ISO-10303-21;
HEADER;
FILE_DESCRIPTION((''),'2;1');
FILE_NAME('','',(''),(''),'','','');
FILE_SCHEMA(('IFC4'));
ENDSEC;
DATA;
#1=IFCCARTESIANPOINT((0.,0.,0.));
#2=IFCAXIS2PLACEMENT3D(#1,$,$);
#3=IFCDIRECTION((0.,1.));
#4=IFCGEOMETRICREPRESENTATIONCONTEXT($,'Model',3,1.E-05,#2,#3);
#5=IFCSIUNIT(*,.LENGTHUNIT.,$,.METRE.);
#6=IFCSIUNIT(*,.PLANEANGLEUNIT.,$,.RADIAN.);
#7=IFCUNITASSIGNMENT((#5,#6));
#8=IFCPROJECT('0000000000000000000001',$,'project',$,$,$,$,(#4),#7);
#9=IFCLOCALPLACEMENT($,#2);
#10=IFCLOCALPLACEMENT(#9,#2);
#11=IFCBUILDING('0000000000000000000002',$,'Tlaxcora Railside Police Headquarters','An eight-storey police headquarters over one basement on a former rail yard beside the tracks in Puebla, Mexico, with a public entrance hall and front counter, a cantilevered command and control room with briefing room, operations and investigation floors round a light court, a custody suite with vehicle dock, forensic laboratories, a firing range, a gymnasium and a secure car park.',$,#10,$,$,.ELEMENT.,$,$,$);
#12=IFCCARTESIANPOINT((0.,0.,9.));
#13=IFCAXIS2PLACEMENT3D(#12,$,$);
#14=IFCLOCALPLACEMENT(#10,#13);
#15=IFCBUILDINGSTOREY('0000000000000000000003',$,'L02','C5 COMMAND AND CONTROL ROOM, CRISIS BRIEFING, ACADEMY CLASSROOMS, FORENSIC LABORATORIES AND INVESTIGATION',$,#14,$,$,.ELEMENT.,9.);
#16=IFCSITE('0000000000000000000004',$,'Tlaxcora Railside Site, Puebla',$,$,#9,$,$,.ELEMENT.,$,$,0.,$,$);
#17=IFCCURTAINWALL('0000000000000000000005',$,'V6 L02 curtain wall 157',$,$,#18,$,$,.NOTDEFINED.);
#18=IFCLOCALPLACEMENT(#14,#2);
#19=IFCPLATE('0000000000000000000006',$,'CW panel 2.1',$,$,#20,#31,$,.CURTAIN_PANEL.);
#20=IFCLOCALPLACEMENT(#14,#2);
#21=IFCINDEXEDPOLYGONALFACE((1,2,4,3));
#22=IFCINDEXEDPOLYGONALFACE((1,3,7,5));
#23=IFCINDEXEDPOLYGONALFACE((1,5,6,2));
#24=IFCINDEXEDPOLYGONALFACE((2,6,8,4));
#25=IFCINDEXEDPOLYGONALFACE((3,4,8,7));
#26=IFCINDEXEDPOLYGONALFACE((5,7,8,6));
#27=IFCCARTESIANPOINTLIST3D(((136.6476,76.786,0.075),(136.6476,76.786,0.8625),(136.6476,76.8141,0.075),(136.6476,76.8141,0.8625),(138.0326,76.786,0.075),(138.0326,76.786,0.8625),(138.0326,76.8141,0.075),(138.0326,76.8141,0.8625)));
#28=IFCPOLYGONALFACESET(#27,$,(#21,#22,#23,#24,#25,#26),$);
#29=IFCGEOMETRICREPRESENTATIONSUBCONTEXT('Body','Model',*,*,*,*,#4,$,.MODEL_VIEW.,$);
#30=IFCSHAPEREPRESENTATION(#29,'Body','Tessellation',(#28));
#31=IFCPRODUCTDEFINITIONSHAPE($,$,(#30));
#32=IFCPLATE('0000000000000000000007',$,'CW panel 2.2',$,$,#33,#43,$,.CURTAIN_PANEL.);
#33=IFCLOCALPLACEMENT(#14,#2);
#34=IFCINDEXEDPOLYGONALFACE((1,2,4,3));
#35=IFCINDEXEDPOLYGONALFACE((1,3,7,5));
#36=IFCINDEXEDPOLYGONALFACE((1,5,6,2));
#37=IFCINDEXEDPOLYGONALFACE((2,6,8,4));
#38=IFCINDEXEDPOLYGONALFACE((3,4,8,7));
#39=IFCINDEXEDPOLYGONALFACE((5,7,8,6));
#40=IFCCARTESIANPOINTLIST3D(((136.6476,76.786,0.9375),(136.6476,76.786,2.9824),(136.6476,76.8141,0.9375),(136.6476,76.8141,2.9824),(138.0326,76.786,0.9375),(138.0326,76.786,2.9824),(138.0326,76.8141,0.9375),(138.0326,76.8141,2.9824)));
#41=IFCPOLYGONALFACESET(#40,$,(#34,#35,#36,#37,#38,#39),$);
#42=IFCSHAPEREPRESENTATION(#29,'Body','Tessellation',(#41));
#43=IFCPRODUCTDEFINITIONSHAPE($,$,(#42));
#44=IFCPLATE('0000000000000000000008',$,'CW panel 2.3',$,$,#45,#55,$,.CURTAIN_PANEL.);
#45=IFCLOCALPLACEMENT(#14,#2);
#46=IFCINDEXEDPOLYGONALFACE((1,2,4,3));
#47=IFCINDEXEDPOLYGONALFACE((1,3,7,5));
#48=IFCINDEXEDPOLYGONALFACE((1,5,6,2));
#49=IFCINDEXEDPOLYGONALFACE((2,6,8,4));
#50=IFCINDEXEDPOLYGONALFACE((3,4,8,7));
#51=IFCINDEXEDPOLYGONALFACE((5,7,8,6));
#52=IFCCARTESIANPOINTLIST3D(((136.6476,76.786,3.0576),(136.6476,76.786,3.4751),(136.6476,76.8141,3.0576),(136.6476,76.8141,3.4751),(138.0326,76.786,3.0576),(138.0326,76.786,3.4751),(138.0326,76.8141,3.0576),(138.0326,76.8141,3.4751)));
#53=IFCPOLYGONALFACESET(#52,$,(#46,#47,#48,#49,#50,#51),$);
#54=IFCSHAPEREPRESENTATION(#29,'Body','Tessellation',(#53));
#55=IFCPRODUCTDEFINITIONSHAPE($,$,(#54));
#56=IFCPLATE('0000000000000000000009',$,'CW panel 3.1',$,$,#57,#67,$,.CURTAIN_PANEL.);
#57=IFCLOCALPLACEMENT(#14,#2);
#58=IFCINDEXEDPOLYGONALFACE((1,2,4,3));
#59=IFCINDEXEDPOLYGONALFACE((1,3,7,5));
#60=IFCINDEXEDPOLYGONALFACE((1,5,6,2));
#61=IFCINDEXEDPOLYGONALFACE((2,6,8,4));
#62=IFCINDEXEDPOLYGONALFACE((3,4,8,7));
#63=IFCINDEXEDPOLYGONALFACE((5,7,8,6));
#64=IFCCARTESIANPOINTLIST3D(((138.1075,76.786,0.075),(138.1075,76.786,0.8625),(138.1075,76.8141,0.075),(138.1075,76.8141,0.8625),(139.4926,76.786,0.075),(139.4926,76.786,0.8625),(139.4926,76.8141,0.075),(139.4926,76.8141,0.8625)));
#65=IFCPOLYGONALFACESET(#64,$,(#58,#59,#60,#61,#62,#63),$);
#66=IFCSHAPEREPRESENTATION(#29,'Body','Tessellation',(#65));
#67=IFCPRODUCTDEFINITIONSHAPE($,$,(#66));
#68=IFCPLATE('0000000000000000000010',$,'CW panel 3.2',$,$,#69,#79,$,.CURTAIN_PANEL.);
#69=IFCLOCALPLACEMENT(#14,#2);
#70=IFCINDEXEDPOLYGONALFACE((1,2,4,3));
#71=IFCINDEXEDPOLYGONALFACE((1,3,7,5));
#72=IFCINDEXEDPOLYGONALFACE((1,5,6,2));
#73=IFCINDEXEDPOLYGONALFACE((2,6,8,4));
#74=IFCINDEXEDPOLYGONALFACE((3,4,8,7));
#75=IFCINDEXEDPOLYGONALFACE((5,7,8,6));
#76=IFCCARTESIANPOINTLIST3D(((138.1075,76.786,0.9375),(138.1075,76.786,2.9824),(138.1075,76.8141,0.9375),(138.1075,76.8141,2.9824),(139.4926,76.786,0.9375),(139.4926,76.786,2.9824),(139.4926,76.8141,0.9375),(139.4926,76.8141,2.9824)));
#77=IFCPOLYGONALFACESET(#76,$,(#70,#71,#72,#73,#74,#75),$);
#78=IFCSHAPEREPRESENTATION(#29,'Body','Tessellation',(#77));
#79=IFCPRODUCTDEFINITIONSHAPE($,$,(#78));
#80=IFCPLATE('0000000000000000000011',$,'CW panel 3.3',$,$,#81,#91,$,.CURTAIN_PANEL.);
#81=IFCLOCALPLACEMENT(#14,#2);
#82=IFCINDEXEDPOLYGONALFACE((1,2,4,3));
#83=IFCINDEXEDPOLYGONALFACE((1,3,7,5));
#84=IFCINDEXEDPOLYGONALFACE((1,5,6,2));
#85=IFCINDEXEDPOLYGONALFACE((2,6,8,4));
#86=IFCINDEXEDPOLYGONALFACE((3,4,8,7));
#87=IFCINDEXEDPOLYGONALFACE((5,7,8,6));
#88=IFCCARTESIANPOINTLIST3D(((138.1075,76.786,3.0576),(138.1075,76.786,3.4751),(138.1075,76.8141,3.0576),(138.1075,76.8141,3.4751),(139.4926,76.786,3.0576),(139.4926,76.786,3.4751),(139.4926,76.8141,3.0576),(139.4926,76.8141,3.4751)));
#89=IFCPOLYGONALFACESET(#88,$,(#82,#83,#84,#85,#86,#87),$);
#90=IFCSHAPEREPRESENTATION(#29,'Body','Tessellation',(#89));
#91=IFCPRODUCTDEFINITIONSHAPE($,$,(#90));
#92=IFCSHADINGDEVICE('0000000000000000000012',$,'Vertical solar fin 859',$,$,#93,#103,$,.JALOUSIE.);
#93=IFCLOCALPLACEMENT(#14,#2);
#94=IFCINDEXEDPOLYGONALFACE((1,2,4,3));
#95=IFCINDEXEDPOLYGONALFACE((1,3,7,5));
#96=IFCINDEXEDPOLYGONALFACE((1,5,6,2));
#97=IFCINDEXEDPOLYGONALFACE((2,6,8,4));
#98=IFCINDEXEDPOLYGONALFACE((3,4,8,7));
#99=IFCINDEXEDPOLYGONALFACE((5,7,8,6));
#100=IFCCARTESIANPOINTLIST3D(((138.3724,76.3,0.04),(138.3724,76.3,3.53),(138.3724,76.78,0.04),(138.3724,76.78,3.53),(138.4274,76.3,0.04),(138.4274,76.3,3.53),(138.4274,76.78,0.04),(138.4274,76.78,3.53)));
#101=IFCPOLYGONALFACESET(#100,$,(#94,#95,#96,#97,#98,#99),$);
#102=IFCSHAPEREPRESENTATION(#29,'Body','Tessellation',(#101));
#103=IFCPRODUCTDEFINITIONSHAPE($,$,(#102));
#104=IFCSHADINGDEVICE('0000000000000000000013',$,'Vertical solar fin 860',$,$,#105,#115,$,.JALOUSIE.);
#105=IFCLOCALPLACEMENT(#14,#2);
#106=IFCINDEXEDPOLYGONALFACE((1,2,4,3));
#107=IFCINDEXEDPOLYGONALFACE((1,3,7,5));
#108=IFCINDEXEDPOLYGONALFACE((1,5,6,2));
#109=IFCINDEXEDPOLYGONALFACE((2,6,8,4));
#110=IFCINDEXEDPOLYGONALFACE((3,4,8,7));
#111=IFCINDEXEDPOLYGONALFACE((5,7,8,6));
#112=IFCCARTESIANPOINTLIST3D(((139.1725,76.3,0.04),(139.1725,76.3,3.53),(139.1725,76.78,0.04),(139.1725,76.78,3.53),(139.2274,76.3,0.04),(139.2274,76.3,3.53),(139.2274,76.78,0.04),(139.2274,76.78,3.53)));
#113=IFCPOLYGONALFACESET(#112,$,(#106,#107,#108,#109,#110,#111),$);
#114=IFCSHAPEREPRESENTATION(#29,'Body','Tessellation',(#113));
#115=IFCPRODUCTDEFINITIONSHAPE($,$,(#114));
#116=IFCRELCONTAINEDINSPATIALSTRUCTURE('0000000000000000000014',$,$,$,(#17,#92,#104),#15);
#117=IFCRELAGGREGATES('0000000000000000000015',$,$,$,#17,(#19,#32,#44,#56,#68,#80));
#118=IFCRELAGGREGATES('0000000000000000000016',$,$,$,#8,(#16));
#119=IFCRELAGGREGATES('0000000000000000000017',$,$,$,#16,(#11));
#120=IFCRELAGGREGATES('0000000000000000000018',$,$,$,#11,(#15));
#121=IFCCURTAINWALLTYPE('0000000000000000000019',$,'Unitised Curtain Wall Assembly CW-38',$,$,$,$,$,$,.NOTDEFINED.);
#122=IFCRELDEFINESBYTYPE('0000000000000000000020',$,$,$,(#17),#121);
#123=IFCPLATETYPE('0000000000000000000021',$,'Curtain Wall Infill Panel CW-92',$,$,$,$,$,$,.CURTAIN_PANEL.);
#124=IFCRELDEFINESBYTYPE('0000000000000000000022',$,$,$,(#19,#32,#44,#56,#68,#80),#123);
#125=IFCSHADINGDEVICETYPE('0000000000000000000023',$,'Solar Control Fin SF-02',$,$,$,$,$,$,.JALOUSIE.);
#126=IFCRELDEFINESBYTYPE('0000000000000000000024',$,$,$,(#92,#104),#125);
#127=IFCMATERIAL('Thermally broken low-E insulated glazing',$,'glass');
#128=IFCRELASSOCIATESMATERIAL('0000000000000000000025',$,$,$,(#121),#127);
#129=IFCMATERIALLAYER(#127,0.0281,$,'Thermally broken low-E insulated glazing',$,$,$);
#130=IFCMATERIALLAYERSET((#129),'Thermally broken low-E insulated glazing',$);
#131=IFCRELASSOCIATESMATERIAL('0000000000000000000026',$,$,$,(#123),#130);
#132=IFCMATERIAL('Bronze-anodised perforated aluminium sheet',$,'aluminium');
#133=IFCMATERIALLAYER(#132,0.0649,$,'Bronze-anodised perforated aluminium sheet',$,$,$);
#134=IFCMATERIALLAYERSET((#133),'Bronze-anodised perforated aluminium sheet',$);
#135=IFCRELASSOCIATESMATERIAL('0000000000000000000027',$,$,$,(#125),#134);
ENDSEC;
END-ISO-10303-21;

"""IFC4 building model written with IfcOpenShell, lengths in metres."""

from ifc_helpers import new_model, si_unit, direction, frame, origin, origin_2d, place, context, subcontext, project, spatial, rectangle, extrude, material, layer, layer_set, type_object, element, aggregate, save


model = new_model("IFC4")

# Units and contexts
model_context = context("Model", 3, precision=1e-05, world=origin(), true_north=direction((0.0, 1.0)))
body_context = subcontext(model_context, "Body", "Model", "MODEL_VIEW")
ifc_project = project(units=[si_unit("LENGTHUNIT", "METRE"), si_unit("PLANEANGLEUNIT", "RADIAN")], contexts=[model_context])

# Site, building, storey
site_placement = place(None, origin())
site = spatial("IfcSite", under=ifc_project, at=site_placement, Name="Tlaxcora Railside Site, Puebla", CompositionType="ELEMENT", RefElevation=0.0)
building_placement = place(site_placement, origin())
building = spatial("IfcBuilding", under=site, at=building_placement, Name="Tlaxcora Railside Police Headquarters", Description="An eight-storey police headquarters over one basement on a former rail yard beside the tracks in Puebla, Mexico, with a public entrance hall and front counter, a cantilevered command and control room with briefing room, operations and investigation floors round a light court, a custody suite with vehicle dock, forensic laboratories, a firing range, a gymnasium and a secure car park.", CompositionType="ELEMENT")
storey_placement = place(building_placement, frame((0.0, 0.0, 9.0)))
storey = spatial("IfcBuildingStorey", under=building, at=storey_placement, Name="L02", Description="C5 COMMAND AND CONTROL ROOM, CRISIS BRIEFING, ACADEMY CLASSROOMS, FORENSIC LABORATORIES AND INVESTIGATION", CompositionType="ELEMENT", Elevation=9.0)

# Curtain wall, plates
ifc_material_1 = material(Name="Thermally broken low-E insulated glazing", Category="glass")
curtain_wall_type = type_object("IfcCurtainWallType", Name="Unitised Curtain Wall Assembly CW-38", PredefinedType="NOTDEFINED", material=ifc_material_1)
curtain_wall_placement = place(storey_placement, origin())
curtain_wall = element("IfcCurtainWall", 1, at=curtain_wall_placement, inside=storey, type_object=curtain_wall_type, Name="V6 L02 curtain wall 157", PredefinedType="NOTDEFINED")
ifc_layer_1 = layer(ifc_material_1, 0.0281, Name="Thermally broken low-E insulated glazing")
ifc_layer_set_1 = layer_set([ifc_layer_1], Name="Thermally broken low-E insulated glazing")
plate_type = type_object("IfcPlateType", Name="Curtain Wall Infill Panel CW-92", PredefinedType="CURTAIN_PANEL", material=ifc_layer_set_1)
plate_1_placement = place(storey_placement, frame((137.3401, 76.8, 0.075), z_axis=(0.0, 0.0, 1.0), x_axis=(1.0, 0.0, 0.0)))
plate_1 = element("IfcPlate", 2, at=plate_1_placement, type_object=plate_type, Name="CW panel 2.1", PredefinedType="CURTAIN_PANEL", context=body_context, shape_type="SweptSolid", body=[
    extrude(rectangle(XDim=1.385, YDim=0.0281, at=origin_2d()), origin(), (0.0, 0.0, 1.0), 0.7876),
])
plate_2_placement = place(storey_placement, frame((137.3401, 76.8, 0.9375), z_axis=(0.0, 0.0, 1.0), x_axis=(1.0, 0.0, 0.0)))
plate_2 = element("IfcPlate", 3, at=plate_2_placement, type_object=plate_type, Name="CW panel 2.2", PredefinedType="CURTAIN_PANEL", context=body_context, shape_type="SweptSolid", body=[
    extrude(rectangle(XDim=1.385, YDim=0.0281, at=origin_2d()), origin(), (0.0, 0.0, 1.0), 2.0449),
])
plate_3_placement = place(storey_placement, frame((137.3401, 76.8, 3.0576), z_axis=(0.0, 0.0, 1.0), x_axis=(1.0, 0.0, 0.0)))
plate_3 = element("IfcPlate", 4, at=plate_3_placement, type_object=plate_type, Name="CW panel 2.3", PredefinedType="CURTAIN_PANEL", context=body_context, shape_type="SweptSolid", body=[
    extrude(rectangle(XDim=1.385, YDim=0.0281, at=origin_2d()), origin(), (0.0, 0.0, 1.0), 0.4175),
])
plate_4_placement = place(storey_placement, frame((138.8, 76.8, 0.075), z_axis=(0.0, 0.0, 1.0), x_axis=(1.0, 0.0, 0.0)))
plate_4 = element("IfcPlate", 5, at=plate_4_placement, type_object=plate_type, Name="CW panel 3.1", PredefinedType="CURTAIN_PANEL", context=body_context, shape_type="SweptSolid", body=[
    extrude(rectangle(XDim=1.385, YDim=0.0281, at=origin_2d()), origin(), (0.0, 0.0, 1.0), 0.7876),
])
plate_5_placement = place(storey_placement, frame((138.8, 76.8, 0.9375), z_axis=(0.0, 0.0, 1.0), x_axis=(1.0, 0.0, 0.0)))
plate_5 = element("IfcPlate", 6, at=plate_5_placement, type_object=plate_type, Name="CW panel 3.2", PredefinedType="CURTAIN_PANEL", context=body_context, shape_type="SweptSolid", body=[
    extrude(rectangle(XDim=1.385, YDim=0.0281, at=origin_2d()), origin(), (0.0, 0.0, 1.0), 2.0449),
])
plate_6_placement = place(storey_placement, frame((138.8, 76.8, 3.0576), z_axis=(0.0, 0.0, 1.0), x_axis=(1.0, 0.0, 0.0)))
plate_6 = element("IfcPlate", 7, at=plate_6_placement, type_object=plate_type, Name="CW panel 3.3", PredefinedType="CURTAIN_PANEL", context=body_context, shape_type="SweptSolid", body=[
    extrude(rectangle(XDim=1.385, YDim=0.0281, at=origin_2d()), origin(), (0.0, 0.0, 1.0), 0.4175),
])
aggregate(curtain_wall, [plate_1, plate_2, plate_3, plate_4, plate_5, plate_6])

# Shading devices
ifc_material_2 = material(Name="Bronze-anodised perforated aluminium sheet", Category="aluminium")
ifc_layer_2 = layer(ifc_material_2, 0.0649, Name="Bronze-anodised perforated aluminium sheet")
ifc_layer_set_2 = layer_set([ifc_layer_2], Name="Bronze-anodised perforated aluminium sheet")
shading_device_type = type_object("IfcShadingDeviceType", Name="Solar Control Fin SF-02", PredefinedType="JALOUSIE", material=ifc_layer_set_2)
for number, where, z_axis, x_axis, name in (
    (8, (138.3999, 76.54, 0.04), (0.0, 0.0, 1.0), (0.0, -1.0, 0.0), "Vertical solar fin 859"),
    (9, (139.2, 76.54, 0.04), (0.0, 0.0, 1.0), (0.0, -1.0, 0.0), "Vertical solar fin 860"),
):
    element("IfcShadingDevice", number, at=place(storey_placement, frame(where, z_axis=z_axis, x_axis=x_axis)), inside=storey, type_object=shading_device_type, Name=name, PredefinedType="JALOUSIE", context=body_context, shape_type="SweptSolid", body=[
        extrude(rectangle(XDim=0.48, YDim=0.0549, at=origin_2d()), origin(), (0.0, 0.0, 1.0), 3.49),
    ])

save(model, "model.ifc")
